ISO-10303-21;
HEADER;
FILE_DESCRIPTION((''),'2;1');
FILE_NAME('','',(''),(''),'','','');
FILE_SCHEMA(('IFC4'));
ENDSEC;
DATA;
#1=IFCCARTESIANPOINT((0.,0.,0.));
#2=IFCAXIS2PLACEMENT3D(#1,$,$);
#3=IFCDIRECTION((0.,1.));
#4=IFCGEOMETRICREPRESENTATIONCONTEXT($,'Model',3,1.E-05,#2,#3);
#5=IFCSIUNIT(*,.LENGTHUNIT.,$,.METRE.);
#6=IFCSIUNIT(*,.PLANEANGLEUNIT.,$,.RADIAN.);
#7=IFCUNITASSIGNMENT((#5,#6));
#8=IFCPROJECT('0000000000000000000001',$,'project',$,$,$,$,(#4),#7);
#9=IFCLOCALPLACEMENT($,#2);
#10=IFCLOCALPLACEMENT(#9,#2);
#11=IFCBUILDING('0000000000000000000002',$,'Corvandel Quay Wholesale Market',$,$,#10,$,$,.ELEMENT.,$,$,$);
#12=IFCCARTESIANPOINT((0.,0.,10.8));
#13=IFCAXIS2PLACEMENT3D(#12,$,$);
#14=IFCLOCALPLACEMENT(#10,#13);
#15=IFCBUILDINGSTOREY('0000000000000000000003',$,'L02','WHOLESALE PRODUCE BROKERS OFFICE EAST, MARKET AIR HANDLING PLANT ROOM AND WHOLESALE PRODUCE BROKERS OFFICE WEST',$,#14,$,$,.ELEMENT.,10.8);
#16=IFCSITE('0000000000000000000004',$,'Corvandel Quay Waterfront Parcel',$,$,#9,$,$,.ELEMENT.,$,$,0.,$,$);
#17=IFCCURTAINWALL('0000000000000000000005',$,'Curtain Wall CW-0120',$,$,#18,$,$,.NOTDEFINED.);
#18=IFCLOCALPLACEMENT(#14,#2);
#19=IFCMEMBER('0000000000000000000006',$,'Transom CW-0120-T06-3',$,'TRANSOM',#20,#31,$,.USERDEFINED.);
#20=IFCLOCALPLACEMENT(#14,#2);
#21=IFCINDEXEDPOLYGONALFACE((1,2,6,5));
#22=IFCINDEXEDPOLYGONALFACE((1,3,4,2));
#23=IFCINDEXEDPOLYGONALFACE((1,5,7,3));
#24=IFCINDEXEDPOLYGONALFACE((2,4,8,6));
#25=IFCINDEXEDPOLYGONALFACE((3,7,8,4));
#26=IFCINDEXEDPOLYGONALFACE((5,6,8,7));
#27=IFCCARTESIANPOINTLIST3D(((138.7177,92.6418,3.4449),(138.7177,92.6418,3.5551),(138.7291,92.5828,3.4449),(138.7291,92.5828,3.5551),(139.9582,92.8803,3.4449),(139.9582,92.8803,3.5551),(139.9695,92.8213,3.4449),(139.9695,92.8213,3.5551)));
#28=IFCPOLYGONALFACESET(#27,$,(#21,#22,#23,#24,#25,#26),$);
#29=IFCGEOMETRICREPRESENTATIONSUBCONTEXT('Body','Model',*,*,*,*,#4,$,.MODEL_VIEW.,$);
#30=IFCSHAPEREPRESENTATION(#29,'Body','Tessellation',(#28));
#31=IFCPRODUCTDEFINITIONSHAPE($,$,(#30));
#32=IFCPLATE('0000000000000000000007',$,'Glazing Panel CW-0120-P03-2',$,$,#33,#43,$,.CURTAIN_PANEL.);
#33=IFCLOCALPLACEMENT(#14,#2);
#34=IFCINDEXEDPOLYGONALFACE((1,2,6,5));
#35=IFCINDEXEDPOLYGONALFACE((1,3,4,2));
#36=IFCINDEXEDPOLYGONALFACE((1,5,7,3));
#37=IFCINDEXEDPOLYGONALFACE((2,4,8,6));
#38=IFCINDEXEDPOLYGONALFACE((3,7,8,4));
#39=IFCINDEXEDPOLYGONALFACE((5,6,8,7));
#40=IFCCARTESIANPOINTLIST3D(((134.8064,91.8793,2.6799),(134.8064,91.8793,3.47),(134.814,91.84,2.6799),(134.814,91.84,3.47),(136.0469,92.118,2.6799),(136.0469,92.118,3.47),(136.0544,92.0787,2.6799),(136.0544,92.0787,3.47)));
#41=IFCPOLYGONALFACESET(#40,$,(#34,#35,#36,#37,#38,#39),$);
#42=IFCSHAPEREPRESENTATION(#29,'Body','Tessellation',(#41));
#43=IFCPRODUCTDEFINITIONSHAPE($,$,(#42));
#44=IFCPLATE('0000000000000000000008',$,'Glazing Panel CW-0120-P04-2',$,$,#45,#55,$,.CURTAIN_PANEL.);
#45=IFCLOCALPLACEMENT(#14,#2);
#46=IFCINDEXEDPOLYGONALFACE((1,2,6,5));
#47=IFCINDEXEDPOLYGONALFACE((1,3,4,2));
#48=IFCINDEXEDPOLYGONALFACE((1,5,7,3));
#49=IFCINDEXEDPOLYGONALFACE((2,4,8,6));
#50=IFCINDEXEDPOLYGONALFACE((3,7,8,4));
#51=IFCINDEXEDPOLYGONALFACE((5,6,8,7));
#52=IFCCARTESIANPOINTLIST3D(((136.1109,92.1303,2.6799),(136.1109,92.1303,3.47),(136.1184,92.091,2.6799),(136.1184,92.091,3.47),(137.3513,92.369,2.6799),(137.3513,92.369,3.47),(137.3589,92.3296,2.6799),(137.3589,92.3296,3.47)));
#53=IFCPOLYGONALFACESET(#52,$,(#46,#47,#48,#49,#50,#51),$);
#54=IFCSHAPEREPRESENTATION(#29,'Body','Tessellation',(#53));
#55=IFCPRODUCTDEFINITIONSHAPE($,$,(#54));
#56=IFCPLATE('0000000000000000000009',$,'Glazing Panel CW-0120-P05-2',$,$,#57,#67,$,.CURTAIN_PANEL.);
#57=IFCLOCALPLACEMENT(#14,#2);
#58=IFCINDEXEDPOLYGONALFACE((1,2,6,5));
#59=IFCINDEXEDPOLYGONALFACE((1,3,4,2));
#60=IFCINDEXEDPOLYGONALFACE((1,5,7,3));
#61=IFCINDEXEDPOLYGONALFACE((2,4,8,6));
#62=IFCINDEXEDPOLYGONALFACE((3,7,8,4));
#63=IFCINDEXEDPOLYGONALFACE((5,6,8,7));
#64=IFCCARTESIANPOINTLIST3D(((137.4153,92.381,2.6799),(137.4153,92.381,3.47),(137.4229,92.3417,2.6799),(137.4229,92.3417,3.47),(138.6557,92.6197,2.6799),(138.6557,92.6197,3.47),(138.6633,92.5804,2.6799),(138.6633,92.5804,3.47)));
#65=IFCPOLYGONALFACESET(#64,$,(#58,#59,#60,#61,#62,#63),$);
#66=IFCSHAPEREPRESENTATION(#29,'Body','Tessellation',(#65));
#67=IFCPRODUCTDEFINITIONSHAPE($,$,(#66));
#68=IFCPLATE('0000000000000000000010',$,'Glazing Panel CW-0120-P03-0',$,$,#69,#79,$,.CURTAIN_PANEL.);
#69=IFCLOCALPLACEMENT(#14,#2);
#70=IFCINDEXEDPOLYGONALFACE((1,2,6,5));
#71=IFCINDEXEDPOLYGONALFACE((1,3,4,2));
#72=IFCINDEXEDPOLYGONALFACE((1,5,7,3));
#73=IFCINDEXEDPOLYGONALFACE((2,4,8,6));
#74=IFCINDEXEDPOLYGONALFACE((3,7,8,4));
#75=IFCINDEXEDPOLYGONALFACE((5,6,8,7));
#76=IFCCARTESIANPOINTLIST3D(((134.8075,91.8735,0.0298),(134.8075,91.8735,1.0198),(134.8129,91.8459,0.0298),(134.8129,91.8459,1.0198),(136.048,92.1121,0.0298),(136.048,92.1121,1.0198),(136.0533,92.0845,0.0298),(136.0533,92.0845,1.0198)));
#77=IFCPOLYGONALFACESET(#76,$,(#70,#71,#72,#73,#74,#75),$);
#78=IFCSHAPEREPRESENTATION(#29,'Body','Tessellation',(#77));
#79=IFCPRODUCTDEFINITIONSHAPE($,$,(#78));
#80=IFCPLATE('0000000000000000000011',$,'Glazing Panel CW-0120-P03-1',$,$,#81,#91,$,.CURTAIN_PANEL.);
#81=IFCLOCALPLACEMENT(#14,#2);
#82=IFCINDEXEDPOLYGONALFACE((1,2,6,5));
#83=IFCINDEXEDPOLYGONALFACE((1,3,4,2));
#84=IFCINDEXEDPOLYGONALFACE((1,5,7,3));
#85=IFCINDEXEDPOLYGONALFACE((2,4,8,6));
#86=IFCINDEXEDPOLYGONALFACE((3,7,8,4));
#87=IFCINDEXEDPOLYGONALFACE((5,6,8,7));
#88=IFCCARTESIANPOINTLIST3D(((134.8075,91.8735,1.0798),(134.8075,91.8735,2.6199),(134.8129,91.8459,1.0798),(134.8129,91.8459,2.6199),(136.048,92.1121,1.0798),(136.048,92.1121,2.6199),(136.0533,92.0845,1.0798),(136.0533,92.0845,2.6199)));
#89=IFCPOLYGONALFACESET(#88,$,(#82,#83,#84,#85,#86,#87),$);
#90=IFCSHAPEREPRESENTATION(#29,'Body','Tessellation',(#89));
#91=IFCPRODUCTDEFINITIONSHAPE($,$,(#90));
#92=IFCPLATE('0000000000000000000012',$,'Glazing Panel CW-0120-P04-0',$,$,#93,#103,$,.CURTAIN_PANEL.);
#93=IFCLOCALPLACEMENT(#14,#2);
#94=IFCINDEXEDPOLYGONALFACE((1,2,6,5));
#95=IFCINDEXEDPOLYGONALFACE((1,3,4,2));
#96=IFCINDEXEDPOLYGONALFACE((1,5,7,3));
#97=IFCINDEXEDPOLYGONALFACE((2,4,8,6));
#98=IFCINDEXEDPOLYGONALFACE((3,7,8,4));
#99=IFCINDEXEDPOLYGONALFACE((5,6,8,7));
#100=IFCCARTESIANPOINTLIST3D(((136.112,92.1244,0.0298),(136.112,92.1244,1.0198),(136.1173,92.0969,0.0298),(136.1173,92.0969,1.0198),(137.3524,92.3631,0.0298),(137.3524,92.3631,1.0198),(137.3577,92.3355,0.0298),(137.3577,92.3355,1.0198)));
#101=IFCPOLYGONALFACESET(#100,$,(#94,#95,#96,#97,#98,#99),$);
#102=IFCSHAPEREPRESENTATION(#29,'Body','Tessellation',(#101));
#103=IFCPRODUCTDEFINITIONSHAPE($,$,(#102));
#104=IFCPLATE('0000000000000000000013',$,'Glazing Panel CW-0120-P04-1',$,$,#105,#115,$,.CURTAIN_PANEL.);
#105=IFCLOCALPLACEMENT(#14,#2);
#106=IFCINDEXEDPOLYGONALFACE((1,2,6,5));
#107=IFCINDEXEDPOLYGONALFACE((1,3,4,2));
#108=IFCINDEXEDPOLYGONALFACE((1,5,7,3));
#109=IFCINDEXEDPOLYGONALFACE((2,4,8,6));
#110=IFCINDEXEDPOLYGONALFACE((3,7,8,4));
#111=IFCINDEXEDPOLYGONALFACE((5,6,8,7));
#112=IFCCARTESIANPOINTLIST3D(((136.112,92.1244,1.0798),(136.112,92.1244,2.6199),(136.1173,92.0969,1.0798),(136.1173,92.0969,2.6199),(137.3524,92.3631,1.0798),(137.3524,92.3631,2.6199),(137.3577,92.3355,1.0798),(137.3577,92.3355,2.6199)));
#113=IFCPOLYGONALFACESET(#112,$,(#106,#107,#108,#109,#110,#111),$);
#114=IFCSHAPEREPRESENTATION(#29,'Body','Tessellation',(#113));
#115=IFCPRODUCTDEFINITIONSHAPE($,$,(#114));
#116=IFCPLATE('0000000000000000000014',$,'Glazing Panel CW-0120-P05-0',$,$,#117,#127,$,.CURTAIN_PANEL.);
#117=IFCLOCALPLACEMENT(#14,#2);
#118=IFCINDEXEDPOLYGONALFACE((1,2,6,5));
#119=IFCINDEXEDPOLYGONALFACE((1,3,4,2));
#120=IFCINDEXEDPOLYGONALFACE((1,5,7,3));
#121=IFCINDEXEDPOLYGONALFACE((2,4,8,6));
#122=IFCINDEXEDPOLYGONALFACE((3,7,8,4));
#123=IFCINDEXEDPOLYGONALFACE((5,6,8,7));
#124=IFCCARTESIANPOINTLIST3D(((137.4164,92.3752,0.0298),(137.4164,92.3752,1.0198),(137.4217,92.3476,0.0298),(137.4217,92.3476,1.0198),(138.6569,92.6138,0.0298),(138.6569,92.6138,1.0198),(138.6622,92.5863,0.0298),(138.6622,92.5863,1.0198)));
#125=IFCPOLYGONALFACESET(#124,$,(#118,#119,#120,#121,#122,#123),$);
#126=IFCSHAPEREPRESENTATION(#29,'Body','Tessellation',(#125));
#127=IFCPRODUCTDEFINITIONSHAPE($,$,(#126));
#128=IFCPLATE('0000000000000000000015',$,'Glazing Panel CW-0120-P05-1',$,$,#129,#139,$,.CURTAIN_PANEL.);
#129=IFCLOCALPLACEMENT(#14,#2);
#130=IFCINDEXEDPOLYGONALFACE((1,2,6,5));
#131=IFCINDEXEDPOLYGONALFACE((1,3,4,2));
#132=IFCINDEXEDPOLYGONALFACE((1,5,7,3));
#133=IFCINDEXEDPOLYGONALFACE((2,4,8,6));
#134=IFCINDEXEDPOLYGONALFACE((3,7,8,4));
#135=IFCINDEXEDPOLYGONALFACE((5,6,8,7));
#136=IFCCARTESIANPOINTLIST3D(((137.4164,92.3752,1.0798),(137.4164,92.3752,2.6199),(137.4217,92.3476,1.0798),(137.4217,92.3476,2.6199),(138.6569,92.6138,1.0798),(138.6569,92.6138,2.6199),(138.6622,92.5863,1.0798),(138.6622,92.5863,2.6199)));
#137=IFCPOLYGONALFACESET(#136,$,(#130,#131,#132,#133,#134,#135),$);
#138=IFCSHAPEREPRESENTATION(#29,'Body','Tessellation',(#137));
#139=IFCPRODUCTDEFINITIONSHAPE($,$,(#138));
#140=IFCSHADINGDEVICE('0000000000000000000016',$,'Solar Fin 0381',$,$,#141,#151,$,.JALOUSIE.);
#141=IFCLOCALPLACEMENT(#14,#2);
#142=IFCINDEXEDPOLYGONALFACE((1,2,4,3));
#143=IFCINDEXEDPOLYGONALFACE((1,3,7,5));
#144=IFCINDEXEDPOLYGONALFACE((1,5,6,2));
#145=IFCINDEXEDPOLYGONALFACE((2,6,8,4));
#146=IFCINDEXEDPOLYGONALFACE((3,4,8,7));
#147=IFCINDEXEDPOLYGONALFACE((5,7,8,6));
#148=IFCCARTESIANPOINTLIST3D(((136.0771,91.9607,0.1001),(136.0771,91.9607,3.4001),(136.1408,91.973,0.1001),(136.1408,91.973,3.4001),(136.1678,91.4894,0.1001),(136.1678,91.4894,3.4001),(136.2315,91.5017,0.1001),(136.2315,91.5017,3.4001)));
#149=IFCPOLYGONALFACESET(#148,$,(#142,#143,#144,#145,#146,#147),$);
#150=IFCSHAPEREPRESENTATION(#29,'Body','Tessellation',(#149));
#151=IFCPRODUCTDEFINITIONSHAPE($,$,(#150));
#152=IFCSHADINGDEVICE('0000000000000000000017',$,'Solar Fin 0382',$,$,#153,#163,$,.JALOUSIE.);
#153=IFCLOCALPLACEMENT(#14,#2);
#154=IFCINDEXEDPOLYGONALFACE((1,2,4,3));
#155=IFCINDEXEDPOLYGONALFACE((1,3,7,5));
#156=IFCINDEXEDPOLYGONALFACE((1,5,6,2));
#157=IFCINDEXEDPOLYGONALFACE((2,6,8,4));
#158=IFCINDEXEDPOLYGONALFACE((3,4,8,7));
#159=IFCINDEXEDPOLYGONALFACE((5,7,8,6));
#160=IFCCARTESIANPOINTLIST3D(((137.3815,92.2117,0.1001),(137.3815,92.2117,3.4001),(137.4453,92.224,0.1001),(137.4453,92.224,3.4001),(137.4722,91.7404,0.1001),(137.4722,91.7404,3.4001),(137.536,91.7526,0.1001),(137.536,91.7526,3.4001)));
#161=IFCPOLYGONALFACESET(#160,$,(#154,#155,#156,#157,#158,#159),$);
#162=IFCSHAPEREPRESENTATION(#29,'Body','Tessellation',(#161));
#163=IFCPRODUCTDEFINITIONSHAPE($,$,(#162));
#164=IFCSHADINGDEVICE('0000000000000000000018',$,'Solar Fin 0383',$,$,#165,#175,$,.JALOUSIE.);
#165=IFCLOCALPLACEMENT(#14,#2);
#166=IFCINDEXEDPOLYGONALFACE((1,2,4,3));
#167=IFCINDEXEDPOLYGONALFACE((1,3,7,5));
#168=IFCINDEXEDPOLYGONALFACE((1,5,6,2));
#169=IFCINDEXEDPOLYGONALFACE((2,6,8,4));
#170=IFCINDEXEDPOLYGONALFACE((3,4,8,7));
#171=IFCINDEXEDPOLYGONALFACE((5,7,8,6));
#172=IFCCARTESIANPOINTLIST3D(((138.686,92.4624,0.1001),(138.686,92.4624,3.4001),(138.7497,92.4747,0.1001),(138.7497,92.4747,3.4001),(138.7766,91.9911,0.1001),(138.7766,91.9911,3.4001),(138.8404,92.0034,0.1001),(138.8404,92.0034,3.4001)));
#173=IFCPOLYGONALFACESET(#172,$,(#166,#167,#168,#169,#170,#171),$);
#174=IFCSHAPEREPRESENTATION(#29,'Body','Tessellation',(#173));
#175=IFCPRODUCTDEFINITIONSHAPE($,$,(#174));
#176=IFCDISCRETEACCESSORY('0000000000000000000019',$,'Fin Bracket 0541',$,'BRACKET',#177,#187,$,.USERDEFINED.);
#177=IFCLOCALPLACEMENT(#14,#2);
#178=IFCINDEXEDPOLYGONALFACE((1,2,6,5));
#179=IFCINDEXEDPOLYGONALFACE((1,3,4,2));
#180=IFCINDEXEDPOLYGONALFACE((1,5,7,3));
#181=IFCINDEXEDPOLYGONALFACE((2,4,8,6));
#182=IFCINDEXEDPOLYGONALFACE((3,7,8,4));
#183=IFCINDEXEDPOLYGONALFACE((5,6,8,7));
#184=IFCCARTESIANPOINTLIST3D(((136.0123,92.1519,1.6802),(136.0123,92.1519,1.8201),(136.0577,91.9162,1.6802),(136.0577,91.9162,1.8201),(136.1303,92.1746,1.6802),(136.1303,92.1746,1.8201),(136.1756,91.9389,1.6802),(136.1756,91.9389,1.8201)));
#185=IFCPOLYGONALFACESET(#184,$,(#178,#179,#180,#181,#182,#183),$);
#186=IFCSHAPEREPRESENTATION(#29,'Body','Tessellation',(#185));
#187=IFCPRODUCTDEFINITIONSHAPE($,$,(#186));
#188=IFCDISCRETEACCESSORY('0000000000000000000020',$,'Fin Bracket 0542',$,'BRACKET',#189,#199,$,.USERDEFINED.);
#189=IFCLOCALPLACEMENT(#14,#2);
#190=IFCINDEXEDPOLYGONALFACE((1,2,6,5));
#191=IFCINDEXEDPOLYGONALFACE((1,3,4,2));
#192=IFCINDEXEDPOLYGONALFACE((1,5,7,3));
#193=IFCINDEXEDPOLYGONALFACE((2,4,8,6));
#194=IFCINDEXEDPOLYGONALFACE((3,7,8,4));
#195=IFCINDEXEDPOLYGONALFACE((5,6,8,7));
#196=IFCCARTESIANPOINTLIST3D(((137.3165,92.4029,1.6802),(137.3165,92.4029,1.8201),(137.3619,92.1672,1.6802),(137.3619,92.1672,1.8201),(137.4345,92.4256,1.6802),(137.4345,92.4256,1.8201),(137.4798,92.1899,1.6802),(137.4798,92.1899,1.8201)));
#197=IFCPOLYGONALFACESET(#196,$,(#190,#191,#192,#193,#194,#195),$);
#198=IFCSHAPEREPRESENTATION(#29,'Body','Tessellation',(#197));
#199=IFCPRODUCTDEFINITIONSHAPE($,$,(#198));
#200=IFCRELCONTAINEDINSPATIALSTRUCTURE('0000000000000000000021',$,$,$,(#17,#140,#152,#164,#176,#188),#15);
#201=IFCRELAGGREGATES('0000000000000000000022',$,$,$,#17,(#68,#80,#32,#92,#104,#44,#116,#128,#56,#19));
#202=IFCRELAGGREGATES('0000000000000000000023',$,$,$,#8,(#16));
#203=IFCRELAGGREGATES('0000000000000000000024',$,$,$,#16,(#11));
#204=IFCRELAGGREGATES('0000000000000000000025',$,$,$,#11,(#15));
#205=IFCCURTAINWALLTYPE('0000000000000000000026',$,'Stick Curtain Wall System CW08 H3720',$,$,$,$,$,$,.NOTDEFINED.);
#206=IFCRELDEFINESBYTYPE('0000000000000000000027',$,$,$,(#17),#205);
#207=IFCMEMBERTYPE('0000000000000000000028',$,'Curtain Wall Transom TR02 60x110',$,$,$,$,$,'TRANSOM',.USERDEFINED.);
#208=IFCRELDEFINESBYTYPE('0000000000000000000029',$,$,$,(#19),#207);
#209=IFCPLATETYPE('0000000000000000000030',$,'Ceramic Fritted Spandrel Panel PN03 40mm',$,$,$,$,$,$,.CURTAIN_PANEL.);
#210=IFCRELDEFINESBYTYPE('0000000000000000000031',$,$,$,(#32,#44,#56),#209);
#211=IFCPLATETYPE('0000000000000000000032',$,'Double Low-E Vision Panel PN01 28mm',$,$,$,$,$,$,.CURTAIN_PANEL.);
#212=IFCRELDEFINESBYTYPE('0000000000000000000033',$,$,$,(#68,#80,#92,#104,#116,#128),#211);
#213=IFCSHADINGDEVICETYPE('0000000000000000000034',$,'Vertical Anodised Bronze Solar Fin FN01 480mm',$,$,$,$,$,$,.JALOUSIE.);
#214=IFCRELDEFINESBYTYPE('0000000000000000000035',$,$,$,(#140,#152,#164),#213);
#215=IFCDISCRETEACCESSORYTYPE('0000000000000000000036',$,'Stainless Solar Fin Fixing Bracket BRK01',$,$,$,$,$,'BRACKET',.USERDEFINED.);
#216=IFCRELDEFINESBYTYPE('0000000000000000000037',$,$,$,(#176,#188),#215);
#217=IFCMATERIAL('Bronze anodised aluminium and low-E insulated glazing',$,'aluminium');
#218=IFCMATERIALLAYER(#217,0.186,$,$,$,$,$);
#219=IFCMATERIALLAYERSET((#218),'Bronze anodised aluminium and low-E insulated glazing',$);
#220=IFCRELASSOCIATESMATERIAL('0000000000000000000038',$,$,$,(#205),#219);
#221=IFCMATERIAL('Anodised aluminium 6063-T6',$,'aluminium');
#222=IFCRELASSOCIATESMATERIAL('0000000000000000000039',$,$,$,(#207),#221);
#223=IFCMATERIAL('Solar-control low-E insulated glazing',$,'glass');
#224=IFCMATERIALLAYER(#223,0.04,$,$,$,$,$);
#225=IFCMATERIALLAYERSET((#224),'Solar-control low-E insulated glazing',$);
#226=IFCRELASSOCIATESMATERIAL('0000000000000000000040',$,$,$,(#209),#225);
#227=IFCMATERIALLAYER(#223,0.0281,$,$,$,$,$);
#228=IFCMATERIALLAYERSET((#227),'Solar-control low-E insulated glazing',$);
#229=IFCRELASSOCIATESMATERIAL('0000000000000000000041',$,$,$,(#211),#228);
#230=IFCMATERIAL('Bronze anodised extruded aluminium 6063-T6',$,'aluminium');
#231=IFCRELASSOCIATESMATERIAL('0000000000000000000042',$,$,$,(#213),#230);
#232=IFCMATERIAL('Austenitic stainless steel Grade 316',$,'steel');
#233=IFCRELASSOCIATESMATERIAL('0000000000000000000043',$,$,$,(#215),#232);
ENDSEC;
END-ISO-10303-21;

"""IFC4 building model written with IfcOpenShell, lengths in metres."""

from ifc_helpers import new_model, si_unit, direction, frame, origin, origin_2d, place, context, subcontext, project, spatial, rectangle, extrude, material, layer, layer_set, material_profile, profile_set, type_object, element, aggregate, save


model = new_model("IFC4")

# Units and contexts
model_context = context("Model", 3, precision=1e-05, world=origin(), true_north=direction((0.0, 1.0)))
body_context = subcontext(model_context, "Body", "Model", "MODEL_VIEW")
ifc_project = project(units=[si_unit("LENGTHUNIT", "METRE"), si_unit("PLANEANGLEUNIT", "RADIAN")], contexts=[model_context])

# Site, building, storey
site_placement = place(None, origin())
site = spatial("IfcSite", under=ifc_project, at=site_placement, Name="Corvandel Quay Waterfront Parcel", CompositionType="ELEMENT", RefElevation=0.0)
building_placement = place(site_placement, origin())
building = spatial("IfcBuilding", under=site, at=building_placement, Name="Corvandel Quay Wholesale Market", CompositionType="ELEMENT")
storey_placement = place(building_placement, frame((0.0, 0.0, 10.8)))
storey = spatial("IfcBuildingStorey", under=building, at=storey_placement, Name="L02", Description="WHOLESALE PRODUCE BROKERS OFFICE EAST, MARKET AIR HANDLING PLANT ROOM AND WHOLESALE PRODUCE BROKERS OFFICE WEST", CompositionType="ELEMENT", Elevation=10.8)

# Curtain wall, member, plates
ifc_material_1 = material(Name="Bronze anodised aluminium and low-E insulated glazing", Category="aluminium")
ifc_layer_1 = layer(ifc_material_1, 0.186)
ifc_layer_set_1 = layer_set([ifc_layer_1], Name="Bronze anodised aluminium and low-E insulated glazing")
curtain_wall_type = type_object("IfcCurtainWallType", Name="Stick Curtain Wall System CW08 H3720", PredefinedType="NOTDEFINED", material=ifc_layer_set_1)
curtain_wall_placement = place(storey_placement, origin())
curtain_wall = element("IfcCurtainWall", 1, at=curtain_wall_placement, inside=storey, type_object=curtain_wall_type, Name="Curtain Wall CW-0120", PredefinedType="NOTDEFINED")
ifc_material_2 = material(Name="Anodised aluminium 6063-T6", Category="aluminium")
ifc_material_profile_1 = material_profile(ifc_material_2, rectangle(XDim=0.0601, YDim=0.1101, at=origin_2d()), Name="ALU-TRN-60x110")
ifc_profile_set_1 = profile_set([ifc_material_profile_1], Name="Anodised aluminium 6063-T6")
member_type_1 = type_object("IfcMemberType", Name="Curtain Wall Transom TR02 60x110", ElementType="TRANSOM", PredefinedType="USERDEFINED", material=ifc_profile_set_1)
member_1_placement = place(storey_placement, frame((138.7234, 92.6123, 3.5), z_axis=(0.982011, 0.188826, 0.0), x_axis=(-0.188826, 0.982011, 0.0)))
member_1 = element("IfcMember", 2, at=member_1_placement, type_object=member_type_1, Name="Transom CW-0120-T06-3", ObjectType="TRANSOM", PredefinedType="USERDEFINED", context=body_context, shape_type="SweptSolid", body=[
    extrude(rectangle(XDim=0.0601, YDim=0.1101, at=origin_2d()), origin(), (0.0, 0.0, 1.0), 1.2632),
])
ifc_material_3 = material(Name="Solar-control low-E insulated glazing", Category="glass")
ifc_layer_2 = layer(ifc_material_3, 0.04)
ifc_layer_set_2 = layer_set([ifc_layer_2], Name="Solar-control low-E insulated glazing")
plate_type_1 = type_object("IfcPlateType", Name="Ceramic Fritted Spandrel Panel PN03 40mm", PredefinedType="CURTAIN_PANEL", material=ifc_layer_set_2)
plate_1_placement = place(storey_placement, frame((135.4304, 91.979, 2.6799), z_axis=(0.0, 0.0, 1.0), x_axis=(0.981992, 0.188924, 0.0)))
plate_1 = element("IfcPlate", 3, at=plate_1_placement, type_object=plate_type_1, Name="Glazing Panel CW-0120-P03-2", PredefinedType="CURTAIN_PANEL", context=body_context, shape_type="SweptSolid", body=[
    extrude(rectangle(XDim=1.2632, YDim=0.04, at=origin_2d()), origin(), (0.0, 0.0, 1.0), 0.79),
])
plate_2_placement = place(storey_placement, frame((136.7349, 92.23, 2.6799), z_axis=(0.0, 0.0, 1.0), x_axis=(0.981992, 0.188924, 0.0)))
plate_2 = element("IfcPlate", 4, at=plate_2_placement, type_object=plate_type_1, Name="Glazing Panel CW-0120-P04-2", PredefinedType="CURTAIN_PANEL", context=body_context, shape_type="SweptSolid", body=[
    extrude(rectangle(XDim=1.2632, YDim=0.04, at=origin_2d()), origin(), (0.0, 0.0, 1.0), 0.79),
])
plate_3_placement = place(storey_placement, frame((138.0393, 92.4807, 2.6799), z_axis=(0.0, 0.0, 1.0), x_axis=(0.981992, 0.188924, 0.0)))
plate_3 = element("IfcPlate", 5, at=plate_3_placement, type_object=plate_type_1, Name="Glazing Panel CW-0120-P05-2", PredefinedType="CURTAIN_PANEL", context=body_context, shape_type="SweptSolid", body=[
    extrude(rectangle(XDim=1.2632, YDim=0.04, at=origin_2d()), origin(), (0.0, 0.0, 1.0), 0.79),
])
ifc_layer_3 = layer(ifc_material_3, 0.0281)
ifc_layer_set_3 = layer_set([ifc_layer_3], Name="Solar-control low-E insulated glazing")
plate_type_2 = type_object("IfcPlateType", Name="Double Low-E Vision Panel PN01 28mm", PredefinedType="CURTAIN_PANEL", material=ifc_layer_set_3)
plate_4_placement = place(storey_placement, frame((135.4304, 91.979, 0.0298), z_axis=(0.0, 0.0, 1.0), x_axis=(0.981992, 0.188924, 0.0)))
plate_4 = element("IfcPlate", 6, at=plate_4_placement, type_object=plate_type_2, Name="Glazing Panel CW-0120-P03-0", PredefinedType="CURTAIN_PANEL", context=body_context, shape_type="SweptSolid", body=[
    extrude(rectangle(XDim=1.2632, YDim=0.0281, at=origin_2d()), origin(), (0.0, 0.0, 1.0), 0.99),
])
plate_5_placement = place(storey_placement, frame((135.4304, 91.979, 1.0798), z_axis=(0.0, 0.0, 1.0), x_axis=(0.981992, 0.188924, 0.0)))
plate_5 = element("IfcPlate", 7, at=plate_5_placement, type_object=plate_type_2, Name="Glazing Panel CW-0120-P03-1", PredefinedType="CURTAIN_PANEL", context=body_context, shape_type="SweptSolid", body=[
    extrude(rectangle(XDim=1.2632, YDim=0.0281, at=origin_2d()), origin(), (0.0, 0.0, 1.0), 1.54),
])
plate_6_placement = place(storey_placement, frame((136.7349, 92.23, 0.0298), z_axis=(0.0, 0.0, 1.0), x_axis=(0.981992, 0.188924, 0.0)))
plate_6 = element("IfcPlate", 8, at=plate_6_placement, type_object=plate_type_2, Name="Glazing Panel CW-0120-P04-0", PredefinedType="CURTAIN_PANEL", context=body_context, shape_type="SweptSolid", body=[
    extrude(rectangle(XDim=1.2632, YDim=0.0281, at=origin_2d()), origin(), (0.0, 0.0, 1.0), 0.99),
])
plate_7_placement = place(storey_placement, frame((136.7349, 92.23, 1.0798), z_axis=(0.0, 0.0, 1.0), x_axis=(0.981992, 0.188924, 0.0)))
plate_7 = element("IfcPlate", 9, at=plate_7_placement, type_object=plate_type_2, Name="Glazing Panel CW-0120-P04-1", PredefinedType="CURTAIN_PANEL", context=body_context, shape_type="SweptSolid", body=[
    extrude(rectangle(XDim=1.2632, YDim=0.0281, at=origin_2d()), origin(), (0.0, 0.0, 1.0), 1.54),
])
plate_8_placement = place(storey_placement, frame((138.0393, 92.4807, 0.0298), z_axis=(0.0, 0.0, 1.0), x_axis=(0.981992, 0.188924, 0.0)))
plate_8 = element("IfcPlate", 10, at=plate_8_placement, type_object=plate_type_2, Name="Glazing Panel CW-0120-P05-0", PredefinedType="CURTAIN_PANEL", context=body_context, shape_type="SweptSolid", body=[
    extrude(rectangle(XDim=1.2632, YDim=0.0281, at=origin_2d()), origin(), (0.0, 0.0, 1.0), 0.99),
])
plate_9_placement = place(storey_placement, frame((138.0393, 92.4807, 1.0798), z_axis=(0.0, 0.0, 1.0), x_axis=(0.981992, 0.188924, 0.0)))
plate_9 = element("IfcPlate", 11, at=plate_9_placement, type_object=plate_type_2, Name="Glazing Panel CW-0120-P05-1", PredefinedType="CURTAIN_PANEL", context=body_context, shape_type="SweptSolid", body=[
    extrude(rectangle(XDim=1.2632, YDim=0.0281, at=origin_2d()), origin(), (0.0, 0.0, 1.0), 1.54),
])
aggregate(curtain_wall, [plate_4, plate_5, plate_1, plate_6, plate_7, plate_2, plate_8, plate_9, plate_3, member_1])

# Shading devices
ifc_material_4 = material(Name="Bronze anodised extruded aluminium 6063-T6", Category="aluminium")
shading_device_type = type_object("IfcShadingDeviceType", Name="Vertical Anodised Bronze Solar Fin FN01 480mm", PredefinedType="JALOUSIE", material=ifc_material_4)
for number, where, z_axis, x_axis, name in (
    (12, (136.1543, 91.7312, 0.1001), (0.0, 0.0, 1.0), (-0.188924, 0.981992, 0.0), "Solar Fin 0381"),
    (13, (137.4587, 91.9822, 0.1001), (0.0, 0.0, 1.0), (-0.188924, 0.981992, 0.0), "Solar Fin 0382"),
    (14, (138.7632, 92.2329, 0.1001), (0.0, 0.0, 1.0), (-0.188924, 0.981992, 0.0), "Solar Fin 0383"),
):
    element("IfcShadingDevice", number, at=place(storey_placement, frame(where, z_axis=z_axis, x_axis=x_axis)), inside=storey, type_object=shading_device_type, Name=name, PredefinedType="JALOUSIE", context=body_context, shape_type="SweptSolid", body=[
        extrude(rectangle(XDim=0.48, YDim=0.0649, at=origin_2d()), origin(), (0.0, 0.0, 1.0), 3.3),
    ])

# Discrete accessories
ifc_material_5 = material(Name="Austenitic stainless steel Grade 316", Category="steel")
discrete_accessory_type = type_object("IfcDiscreteAccessoryType", Name="Stainless Solar Fin Fixing Bracket BRK01", ElementType="BRACKET", PredefinedType="USERDEFINED", material=ifc_material_5)
for number, where, z_axis, x_axis, name in (
    (15, (136.094, 92.0454, 1.6802), (0.0, 0.0, 1.0), (-0.188924, 0.981992, 0.0), "Fin Bracket 0541"),
    (16, (137.3982, 92.2964, 1.6802), (0.0, 0.0, 1.0), (-0.188924, 0.981992, 0.0), "Fin Bracket 0542"),
):
    element("IfcDiscreteAccessory", number, at=place(storey_placement, frame(where, z_axis=z_axis, x_axis=x_axis)), inside=storey, type_object=discrete_accessory_type, Name=name, ObjectType="BRACKET", PredefinedType="USERDEFINED", context=body_context, shape_type="SweptSolid", body=[
        extrude(rectangle(XDim=0.24, YDim=0.1201, at=origin_2d()), origin(), (0.0, 0.0, 1.0), 0.1399),
    ])

save(model, "model.ifc")
